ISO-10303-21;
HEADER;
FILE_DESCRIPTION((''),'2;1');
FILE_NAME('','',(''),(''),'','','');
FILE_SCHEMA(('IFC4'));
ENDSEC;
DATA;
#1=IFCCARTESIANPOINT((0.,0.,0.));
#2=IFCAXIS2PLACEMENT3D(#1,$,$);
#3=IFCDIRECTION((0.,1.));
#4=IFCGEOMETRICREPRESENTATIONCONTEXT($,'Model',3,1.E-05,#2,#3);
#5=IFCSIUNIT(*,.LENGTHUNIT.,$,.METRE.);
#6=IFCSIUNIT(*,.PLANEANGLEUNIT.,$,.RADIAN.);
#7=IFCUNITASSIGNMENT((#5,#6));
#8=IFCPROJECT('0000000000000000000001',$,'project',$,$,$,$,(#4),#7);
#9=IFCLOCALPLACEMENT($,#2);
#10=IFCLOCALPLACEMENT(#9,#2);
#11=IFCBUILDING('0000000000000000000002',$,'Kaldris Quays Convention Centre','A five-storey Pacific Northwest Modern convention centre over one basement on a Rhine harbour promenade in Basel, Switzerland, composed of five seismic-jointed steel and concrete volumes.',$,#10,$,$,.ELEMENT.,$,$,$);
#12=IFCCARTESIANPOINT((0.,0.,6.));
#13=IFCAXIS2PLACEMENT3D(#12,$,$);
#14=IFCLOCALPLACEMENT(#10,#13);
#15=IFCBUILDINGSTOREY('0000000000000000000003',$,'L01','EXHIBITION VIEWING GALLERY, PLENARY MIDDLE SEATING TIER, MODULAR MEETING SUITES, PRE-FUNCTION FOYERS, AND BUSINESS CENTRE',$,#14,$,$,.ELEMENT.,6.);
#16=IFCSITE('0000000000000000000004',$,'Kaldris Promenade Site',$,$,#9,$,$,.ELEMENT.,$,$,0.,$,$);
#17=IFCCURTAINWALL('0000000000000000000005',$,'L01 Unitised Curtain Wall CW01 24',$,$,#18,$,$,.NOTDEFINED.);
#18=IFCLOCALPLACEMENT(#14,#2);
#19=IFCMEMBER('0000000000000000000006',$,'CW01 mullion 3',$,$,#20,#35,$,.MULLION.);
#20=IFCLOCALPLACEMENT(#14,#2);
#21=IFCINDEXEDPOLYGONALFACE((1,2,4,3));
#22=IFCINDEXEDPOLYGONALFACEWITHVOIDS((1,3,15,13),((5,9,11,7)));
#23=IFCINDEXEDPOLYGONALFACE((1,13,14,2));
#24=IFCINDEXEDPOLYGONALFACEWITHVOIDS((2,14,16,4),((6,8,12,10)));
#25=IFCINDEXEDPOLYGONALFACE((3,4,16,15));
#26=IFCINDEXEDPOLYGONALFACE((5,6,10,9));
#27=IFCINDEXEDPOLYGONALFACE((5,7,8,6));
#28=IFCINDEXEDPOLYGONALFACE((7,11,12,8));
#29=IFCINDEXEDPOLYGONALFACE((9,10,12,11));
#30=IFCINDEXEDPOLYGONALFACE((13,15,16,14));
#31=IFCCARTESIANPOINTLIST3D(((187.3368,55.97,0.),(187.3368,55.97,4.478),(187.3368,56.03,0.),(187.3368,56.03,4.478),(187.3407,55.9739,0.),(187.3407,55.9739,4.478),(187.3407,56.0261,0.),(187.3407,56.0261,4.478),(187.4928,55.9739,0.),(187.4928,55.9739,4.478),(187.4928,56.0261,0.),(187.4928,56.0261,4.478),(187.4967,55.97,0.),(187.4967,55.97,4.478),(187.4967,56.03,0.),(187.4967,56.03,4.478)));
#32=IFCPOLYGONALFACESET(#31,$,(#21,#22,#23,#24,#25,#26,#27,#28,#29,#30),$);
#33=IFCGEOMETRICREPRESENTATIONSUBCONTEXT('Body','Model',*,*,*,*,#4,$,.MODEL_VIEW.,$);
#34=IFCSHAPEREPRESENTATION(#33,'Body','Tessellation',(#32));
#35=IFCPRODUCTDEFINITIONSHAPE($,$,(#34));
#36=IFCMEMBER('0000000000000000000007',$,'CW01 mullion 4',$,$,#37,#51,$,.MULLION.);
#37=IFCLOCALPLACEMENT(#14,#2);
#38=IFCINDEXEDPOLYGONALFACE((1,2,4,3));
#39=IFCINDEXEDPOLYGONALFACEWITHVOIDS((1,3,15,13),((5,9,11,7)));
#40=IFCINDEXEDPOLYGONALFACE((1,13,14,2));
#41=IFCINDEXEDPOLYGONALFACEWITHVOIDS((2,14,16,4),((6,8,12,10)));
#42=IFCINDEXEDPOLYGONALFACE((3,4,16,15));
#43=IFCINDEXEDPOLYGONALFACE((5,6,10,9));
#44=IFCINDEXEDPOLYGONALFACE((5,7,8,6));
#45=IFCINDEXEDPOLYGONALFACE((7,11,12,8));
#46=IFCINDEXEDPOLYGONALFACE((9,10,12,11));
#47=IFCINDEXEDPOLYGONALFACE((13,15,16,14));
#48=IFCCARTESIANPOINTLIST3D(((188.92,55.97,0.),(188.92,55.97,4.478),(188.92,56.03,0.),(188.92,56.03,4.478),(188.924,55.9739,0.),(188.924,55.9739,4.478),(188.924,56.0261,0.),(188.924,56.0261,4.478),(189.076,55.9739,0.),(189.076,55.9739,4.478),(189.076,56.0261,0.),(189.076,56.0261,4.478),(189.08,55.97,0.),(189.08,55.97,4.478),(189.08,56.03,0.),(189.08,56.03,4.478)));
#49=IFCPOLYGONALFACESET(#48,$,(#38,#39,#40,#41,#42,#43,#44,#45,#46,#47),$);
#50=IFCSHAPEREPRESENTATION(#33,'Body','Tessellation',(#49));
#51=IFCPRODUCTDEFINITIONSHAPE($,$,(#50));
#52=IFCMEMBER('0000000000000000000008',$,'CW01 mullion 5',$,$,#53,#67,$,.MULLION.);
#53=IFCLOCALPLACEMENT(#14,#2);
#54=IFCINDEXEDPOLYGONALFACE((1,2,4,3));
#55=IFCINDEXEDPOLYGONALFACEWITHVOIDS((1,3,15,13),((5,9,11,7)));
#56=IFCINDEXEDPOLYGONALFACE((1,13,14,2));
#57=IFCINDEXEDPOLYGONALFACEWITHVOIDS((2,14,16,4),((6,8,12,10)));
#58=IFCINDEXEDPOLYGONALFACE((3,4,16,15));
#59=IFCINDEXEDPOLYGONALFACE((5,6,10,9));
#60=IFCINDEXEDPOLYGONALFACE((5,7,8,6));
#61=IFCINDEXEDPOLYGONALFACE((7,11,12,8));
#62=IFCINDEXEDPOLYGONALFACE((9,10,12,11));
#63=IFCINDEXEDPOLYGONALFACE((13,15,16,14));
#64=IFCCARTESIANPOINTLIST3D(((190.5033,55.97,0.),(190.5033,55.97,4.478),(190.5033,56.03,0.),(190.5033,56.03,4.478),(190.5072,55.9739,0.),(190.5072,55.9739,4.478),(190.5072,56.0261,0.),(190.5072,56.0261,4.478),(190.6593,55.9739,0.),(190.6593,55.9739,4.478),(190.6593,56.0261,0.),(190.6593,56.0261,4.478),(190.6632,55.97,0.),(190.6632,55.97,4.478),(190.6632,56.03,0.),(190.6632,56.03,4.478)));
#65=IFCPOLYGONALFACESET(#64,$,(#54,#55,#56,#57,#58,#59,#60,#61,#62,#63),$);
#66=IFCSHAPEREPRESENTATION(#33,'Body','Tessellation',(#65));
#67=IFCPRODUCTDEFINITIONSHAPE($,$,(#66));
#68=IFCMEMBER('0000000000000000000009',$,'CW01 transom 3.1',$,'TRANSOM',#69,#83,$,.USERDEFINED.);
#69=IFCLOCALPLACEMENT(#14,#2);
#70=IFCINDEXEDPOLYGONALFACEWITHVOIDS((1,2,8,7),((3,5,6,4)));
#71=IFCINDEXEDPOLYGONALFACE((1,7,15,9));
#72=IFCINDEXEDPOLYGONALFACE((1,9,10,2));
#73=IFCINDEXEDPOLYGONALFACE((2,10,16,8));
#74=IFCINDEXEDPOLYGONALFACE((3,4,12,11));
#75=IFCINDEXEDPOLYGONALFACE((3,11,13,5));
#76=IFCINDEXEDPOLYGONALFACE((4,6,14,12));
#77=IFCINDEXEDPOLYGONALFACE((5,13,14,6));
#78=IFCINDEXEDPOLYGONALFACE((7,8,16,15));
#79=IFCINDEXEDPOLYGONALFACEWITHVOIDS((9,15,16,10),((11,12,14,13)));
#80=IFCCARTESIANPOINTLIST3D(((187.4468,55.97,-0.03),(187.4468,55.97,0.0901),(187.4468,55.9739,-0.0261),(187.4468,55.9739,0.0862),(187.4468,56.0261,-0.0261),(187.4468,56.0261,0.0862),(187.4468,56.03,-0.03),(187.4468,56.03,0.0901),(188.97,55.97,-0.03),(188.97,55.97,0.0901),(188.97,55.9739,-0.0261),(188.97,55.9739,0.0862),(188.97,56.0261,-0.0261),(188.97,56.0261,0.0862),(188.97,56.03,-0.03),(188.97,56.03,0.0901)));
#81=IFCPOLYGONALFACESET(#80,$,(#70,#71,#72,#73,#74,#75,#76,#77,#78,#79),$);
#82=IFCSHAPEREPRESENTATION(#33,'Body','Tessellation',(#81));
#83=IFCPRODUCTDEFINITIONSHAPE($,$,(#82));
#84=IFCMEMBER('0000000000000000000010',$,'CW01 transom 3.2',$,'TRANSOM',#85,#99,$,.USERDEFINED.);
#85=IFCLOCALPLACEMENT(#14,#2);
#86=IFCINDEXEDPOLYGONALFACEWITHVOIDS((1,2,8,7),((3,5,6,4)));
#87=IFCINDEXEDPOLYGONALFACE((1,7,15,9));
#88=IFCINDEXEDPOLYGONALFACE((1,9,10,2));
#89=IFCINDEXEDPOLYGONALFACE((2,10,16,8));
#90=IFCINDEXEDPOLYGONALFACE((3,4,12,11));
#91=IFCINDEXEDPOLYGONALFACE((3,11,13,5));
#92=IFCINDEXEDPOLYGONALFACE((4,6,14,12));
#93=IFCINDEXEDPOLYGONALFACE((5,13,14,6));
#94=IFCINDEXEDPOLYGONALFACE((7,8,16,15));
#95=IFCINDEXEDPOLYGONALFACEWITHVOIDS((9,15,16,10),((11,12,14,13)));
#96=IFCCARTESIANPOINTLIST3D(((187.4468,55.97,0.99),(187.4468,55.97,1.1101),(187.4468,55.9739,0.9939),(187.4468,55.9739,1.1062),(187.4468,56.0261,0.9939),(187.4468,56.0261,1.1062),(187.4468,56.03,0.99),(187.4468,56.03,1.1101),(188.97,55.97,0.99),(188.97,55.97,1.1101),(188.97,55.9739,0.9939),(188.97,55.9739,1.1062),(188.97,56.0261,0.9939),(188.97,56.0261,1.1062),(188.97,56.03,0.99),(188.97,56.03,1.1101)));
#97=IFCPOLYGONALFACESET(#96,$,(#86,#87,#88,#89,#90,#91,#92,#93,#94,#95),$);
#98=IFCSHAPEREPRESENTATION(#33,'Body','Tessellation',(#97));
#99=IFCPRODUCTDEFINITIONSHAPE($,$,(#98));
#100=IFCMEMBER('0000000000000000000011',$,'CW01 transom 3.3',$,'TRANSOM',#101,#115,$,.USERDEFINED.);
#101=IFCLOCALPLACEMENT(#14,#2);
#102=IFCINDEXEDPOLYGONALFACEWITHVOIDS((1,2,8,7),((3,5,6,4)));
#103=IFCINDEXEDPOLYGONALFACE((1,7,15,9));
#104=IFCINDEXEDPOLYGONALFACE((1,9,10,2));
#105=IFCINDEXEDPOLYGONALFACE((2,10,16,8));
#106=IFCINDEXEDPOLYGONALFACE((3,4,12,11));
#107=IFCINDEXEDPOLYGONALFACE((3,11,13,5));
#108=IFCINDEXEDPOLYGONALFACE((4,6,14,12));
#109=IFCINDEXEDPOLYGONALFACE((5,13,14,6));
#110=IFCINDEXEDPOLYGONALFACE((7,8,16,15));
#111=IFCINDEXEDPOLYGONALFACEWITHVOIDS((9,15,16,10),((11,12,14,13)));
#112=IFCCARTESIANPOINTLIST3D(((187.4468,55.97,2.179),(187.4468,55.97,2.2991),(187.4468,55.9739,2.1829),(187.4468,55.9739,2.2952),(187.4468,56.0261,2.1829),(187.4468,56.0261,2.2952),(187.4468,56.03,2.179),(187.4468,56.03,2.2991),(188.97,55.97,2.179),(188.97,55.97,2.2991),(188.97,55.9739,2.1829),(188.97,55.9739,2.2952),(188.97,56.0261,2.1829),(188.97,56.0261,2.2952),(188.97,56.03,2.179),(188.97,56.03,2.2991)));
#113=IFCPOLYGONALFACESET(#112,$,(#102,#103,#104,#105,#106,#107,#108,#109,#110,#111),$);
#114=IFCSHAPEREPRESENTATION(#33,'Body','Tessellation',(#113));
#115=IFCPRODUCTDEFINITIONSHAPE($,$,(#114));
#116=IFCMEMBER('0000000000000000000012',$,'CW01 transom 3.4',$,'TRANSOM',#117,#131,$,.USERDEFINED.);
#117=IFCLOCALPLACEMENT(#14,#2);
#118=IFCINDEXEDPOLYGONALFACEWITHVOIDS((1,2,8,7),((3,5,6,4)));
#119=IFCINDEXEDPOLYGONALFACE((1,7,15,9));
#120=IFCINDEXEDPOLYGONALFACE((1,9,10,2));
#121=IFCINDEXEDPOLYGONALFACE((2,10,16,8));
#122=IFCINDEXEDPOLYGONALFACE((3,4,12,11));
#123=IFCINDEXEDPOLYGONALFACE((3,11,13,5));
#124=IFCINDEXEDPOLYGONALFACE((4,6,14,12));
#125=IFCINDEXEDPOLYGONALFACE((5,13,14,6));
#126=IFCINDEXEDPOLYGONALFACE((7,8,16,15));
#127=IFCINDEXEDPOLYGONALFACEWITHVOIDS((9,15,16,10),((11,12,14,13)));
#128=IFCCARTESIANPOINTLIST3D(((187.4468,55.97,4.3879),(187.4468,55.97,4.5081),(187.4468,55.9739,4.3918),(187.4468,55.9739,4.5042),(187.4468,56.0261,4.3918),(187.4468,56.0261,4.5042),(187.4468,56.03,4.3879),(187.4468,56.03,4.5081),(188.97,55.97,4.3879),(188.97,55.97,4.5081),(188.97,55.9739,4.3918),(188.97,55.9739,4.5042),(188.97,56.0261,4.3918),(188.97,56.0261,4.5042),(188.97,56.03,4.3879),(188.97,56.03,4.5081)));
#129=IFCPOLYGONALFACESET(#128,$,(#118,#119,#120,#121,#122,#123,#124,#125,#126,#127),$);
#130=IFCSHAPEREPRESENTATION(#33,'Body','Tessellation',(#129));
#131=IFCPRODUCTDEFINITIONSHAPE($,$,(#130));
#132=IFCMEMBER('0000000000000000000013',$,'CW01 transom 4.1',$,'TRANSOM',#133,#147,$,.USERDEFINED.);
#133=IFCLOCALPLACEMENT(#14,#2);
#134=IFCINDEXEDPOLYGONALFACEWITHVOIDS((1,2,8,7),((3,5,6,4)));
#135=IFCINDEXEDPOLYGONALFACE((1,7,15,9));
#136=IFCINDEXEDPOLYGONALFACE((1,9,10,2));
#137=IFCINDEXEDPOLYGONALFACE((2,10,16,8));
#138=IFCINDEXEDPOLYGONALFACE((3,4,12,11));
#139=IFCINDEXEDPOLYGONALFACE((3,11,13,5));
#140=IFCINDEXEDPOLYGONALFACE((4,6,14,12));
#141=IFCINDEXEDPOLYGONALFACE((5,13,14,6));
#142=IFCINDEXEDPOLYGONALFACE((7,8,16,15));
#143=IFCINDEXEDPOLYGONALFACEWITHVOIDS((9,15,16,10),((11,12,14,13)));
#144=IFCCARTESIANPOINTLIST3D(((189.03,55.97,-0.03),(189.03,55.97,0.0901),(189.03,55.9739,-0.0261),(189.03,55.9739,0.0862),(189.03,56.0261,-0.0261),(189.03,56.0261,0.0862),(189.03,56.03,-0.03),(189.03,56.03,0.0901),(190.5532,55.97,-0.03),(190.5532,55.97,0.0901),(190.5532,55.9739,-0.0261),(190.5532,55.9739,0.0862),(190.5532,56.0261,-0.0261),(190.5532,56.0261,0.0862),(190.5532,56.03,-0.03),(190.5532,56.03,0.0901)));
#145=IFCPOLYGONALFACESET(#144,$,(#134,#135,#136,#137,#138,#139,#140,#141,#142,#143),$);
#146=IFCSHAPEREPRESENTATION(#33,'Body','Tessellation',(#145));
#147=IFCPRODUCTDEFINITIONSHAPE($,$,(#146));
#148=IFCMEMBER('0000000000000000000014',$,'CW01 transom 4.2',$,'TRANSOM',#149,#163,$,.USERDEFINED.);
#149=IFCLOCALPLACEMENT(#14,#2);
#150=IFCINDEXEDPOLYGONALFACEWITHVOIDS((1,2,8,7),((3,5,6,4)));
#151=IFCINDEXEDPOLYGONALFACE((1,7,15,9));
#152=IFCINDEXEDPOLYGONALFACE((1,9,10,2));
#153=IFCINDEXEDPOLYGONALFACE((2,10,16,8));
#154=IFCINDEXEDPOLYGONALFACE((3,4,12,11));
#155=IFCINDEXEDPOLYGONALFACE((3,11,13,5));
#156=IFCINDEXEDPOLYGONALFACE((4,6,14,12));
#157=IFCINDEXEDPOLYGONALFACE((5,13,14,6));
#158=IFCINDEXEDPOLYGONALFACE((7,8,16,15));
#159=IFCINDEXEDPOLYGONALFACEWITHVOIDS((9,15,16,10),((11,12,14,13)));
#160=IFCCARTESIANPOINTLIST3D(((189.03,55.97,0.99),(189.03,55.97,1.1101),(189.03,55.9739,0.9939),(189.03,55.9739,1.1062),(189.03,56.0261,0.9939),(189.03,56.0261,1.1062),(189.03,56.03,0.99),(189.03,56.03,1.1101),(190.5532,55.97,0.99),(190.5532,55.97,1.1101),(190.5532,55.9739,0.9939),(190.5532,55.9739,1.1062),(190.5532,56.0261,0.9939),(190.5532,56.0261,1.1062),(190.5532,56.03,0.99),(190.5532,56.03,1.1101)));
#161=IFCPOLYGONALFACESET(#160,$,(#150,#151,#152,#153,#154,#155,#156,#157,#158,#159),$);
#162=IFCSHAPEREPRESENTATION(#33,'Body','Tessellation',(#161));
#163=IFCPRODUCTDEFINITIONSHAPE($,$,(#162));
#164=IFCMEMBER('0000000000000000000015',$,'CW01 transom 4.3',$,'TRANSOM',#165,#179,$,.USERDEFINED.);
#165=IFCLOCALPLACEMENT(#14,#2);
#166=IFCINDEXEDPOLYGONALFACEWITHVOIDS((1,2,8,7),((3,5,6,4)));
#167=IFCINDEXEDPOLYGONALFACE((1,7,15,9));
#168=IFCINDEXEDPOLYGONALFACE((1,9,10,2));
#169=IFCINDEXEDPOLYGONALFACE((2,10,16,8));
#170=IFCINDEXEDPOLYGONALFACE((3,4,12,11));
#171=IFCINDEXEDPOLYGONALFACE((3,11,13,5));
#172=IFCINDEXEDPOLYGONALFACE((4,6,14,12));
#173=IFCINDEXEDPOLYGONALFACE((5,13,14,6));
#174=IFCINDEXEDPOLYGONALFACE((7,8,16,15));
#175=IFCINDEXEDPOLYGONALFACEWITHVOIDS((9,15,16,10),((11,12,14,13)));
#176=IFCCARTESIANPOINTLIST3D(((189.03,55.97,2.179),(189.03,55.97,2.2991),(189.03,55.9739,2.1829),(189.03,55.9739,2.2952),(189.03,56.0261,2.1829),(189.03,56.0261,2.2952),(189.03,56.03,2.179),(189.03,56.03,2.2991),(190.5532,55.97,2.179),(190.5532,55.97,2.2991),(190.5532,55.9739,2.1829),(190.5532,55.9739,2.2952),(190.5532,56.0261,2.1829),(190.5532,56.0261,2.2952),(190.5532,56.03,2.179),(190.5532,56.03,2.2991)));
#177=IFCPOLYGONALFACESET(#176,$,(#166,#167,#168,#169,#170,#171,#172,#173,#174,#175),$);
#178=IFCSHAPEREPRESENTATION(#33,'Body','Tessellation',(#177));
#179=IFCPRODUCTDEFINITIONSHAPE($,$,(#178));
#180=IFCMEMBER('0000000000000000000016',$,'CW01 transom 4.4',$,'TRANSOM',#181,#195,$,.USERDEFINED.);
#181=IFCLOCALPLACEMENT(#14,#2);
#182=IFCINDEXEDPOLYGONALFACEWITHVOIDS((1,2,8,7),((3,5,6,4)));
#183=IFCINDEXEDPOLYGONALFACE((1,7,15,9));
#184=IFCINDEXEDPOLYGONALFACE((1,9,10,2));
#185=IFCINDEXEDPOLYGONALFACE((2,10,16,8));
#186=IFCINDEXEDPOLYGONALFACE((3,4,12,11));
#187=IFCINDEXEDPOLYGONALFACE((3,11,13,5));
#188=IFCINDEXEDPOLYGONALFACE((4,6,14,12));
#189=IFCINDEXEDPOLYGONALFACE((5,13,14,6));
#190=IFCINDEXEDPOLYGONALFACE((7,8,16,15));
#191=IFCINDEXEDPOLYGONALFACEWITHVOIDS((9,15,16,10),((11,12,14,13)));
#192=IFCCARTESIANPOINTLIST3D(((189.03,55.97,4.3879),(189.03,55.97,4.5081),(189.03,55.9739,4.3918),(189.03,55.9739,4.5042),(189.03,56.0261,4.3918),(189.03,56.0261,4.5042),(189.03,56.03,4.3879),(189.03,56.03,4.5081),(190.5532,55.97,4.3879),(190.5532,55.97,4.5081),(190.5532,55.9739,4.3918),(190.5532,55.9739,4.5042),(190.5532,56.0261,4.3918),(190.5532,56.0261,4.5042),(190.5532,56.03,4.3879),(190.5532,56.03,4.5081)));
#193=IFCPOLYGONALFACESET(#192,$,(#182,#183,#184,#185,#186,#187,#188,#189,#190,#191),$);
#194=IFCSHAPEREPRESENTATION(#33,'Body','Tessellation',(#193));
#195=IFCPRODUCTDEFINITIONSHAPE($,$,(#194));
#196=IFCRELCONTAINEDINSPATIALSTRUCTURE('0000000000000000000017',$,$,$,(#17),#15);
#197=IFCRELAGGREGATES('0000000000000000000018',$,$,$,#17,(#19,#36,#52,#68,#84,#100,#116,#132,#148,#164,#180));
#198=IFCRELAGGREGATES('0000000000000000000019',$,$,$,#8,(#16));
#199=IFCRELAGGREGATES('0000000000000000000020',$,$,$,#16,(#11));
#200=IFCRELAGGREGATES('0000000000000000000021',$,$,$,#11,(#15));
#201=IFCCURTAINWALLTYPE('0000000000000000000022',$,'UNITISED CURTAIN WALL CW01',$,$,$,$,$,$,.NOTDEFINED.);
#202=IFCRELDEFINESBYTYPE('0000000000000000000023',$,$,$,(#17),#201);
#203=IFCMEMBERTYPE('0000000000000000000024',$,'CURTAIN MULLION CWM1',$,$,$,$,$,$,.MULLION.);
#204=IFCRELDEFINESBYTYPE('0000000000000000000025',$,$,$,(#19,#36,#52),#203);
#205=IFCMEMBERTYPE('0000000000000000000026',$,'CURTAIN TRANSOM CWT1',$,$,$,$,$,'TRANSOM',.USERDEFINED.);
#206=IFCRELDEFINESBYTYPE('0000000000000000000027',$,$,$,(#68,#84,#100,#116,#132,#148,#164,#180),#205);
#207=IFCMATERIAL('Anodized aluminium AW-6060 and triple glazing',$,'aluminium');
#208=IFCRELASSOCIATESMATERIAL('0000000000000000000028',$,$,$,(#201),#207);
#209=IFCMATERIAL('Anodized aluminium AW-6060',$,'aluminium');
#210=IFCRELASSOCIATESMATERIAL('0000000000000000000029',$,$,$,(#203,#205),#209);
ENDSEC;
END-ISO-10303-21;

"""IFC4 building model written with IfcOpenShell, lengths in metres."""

from ifc_helpers import new_model, si_unit, direction, frame, origin, origin_2d, place, context, subcontext, project, spatial, hollow_rectangle, extrude, material, material_profile, profile_set, type_object, element, aggregate, save


model = new_model("IFC4")

# Units and contexts
model_context = context("Model", 3, precision=1e-05, world=origin(), true_north=direction((0.0, 1.0)))
body_context = subcontext(model_context, "Body", "Model", "MODEL_VIEW")
ifc_project = project(units=[si_unit("LENGTHUNIT", "METRE"), si_unit("PLANEANGLEUNIT", "RADIAN")], contexts=[model_context])

# Site, building, storey
site_placement = place(None, origin())
site = spatial("IfcSite", under=ifc_project, at=site_placement, Name="Kaldris Promenade Site", CompositionType="ELEMENT", RefElevation=0.0)
building_placement = place(site_placement, origin())
building = spatial("IfcBuilding", under=site, at=building_placement, Name="Kaldris Quays Convention Centre", Description="A five-storey Pacific Northwest Modern convention centre over one basement on a Rhine harbour promenade in Basel, Switzerland, composed of five seismic-jointed steel and concrete volumes.", CompositionType="ELEMENT")
storey_placement = place(building_placement, frame((0.0, 0.0, 6.0)))
storey = spatial("IfcBuildingStorey", under=building, at=storey_placement, Name="L01", Description="EXHIBITION VIEWING GALLERY, PLENARY MIDDLE SEATING TIER, MODULAR MEETING SUITES, PRE-FUNCTION FOYERS, AND BUSINESS CENTRE", CompositionType="ELEMENT", Elevation=6.0)

# Curtain wall, members
ifc_material_1 = material(Name="Anodized aluminium AW-6060 and triple glazing", Category="aluminium")
curtain_wall_type = type_object("IfcCurtainWallType", Name="UNITISED CURTAIN WALL CW01", PredefinedType="NOTDEFINED", material=ifc_material_1)
curtain_wall_placement = place(storey_placement, origin())
curtain_wall = element("IfcCurtainWall", 1, at=curtain_wall_placement, inside=storey, type_object=curtain_wall_type, Name="L01 Unitised Curtain Wall CW01 24", PredefinedType="NOTDEFINED")
ifc_material_2 = material(Name="Anodized aluminium AW-6060", Category="aluminium")
ifc_material_profile_1 = material_profile(ifc_material_2, hollow_rectangle(XDim=0.0601, YDim=0.1599, WallThickness=0.0039, at=origin_2d()), Name="RHS 160x60x4")
ifc_profile_set_1 = profile_set([ifc_material_profile_1], Name="Anodized aluminium AW-6060")
member_type_1 = type_object("IfcMemberType", Name="CURTAIN MULLION CWM1", PredefinedType="MULLION", material=ifc_profile_set_1)
member_1_placement = place(storey_placement, frame((187.4167, 56.0, 0.0), z_axis=(0.0, 0.0, 1.0), x_axis=(0.0, 1.0, 0.0)))
member_1 = element("IfcMember", 2, at=member_1_placement, type_object=member_type_1, Name="CW01 mullion 3", PredefinedType="MULLION", context=body_context, shape_type="SweptSolid", body=[
    extrude(hollow_rectangle(XDim=0.0601, YDim=0.1599, WallThickness=0.0039, at=origin_2d()), origin(), (0.0, 0.0, 1.0), 4.478),
])
member_2_placement = place(storey_placement, frame((189.0, 56.0, 0.0), z_axis=(0.0, 0.0, 1.0), x_axis=(0.0, 1.0, 0.0)))
member_2 = element("IfcMember", 3, at=member_2_placement, type_object=member_type_1, Name="CW01 mullion 4", PredefinedType="MULLION", context=body_context, shape_type="SweptSolid", body=[
    extrude(hollow_rectangle(XDim=0.0601, YDim=0.1599, WallThickness=0.0039, at=origin_2d()), origin(), (0.0, 0.0, 1.0), 4.478),
])
member_3_placement = place(storey_placement, frame((190.5833, 56.0, 0.0), z_axis=(0.0, 0.0, 1.0), x_axis=(0.0, 1.0, 0.0)))
member_3 = element("IfcMember", 4, at=member_3_placement, type_object=member_type_1, Name="CW01 mullion 5", PredefinedType="MULLION", context=body_context, shape_type="SweptSolid", body=[
    extrude(hollow_rectangle(XDim=0.0601, YDim=0.1599, WallThickness=0.0039, at=origin_2d()), origin(), (0.0, 0.0, 1.0), 4.478),
])
ifc_material_profile_2 = material_profile(ifc_material_2, hollow_rectangle(XDim=0.0601, YDim=0.1201, WallThickness=0.0039, at=origin_2d()), Name="RHS 120x60x4")
ifc_profile_set_2 = profile_set([ifc_material_profile_2], Name="Anodized aluminium AW-6060")
member_type_2 = type_object("IfcMemberType", Name="CURTAIN TRANSOM CWT1", ElementType="TRANSOM", PredefinedType="USERDEFINED", material=ifc_profile_set_2)
member_4_placement = place(storey_placement, frame((187.4468, 56.0, 0.03), z_axis=(1.0, 0.0, 0.0), x_axis=(0.0, 1.0, 0.0)))
member_4 = element("IfcMember", 5, at=member_4_placement, type_object=member_type_2, Name="CW01 transom 3.1", ObjectType="TRANSOM", PredefinedType="USERDEFINED", context=body_context, shape_type="SweptSolid", body=[
    extrude(hollow_rectangle(XDim=0.0601, YDim=0.1201, WallThickness=0.0039, at=origin_2d()), origin(), (0.0, 0.0, 1.0), 1.5232),
])
member_5_placement = place(storey_placement, frame((187.4468, 56.0, 1.05), z_axis=(1.0, 0.0, 0.0), x_axis=(0.0, 1.0, 0.0)))
member_5 = element("IfcMember", 6, at=member_5_placement, type_object=member_type_2, Name="CW01 transom 3.2", ObjectType="TRANSOM", PredefinedType="USERDEFINED", context=body_context, shape_type="SweptSolid", body=[
    extrude(hollow_rectangle(XDim=0.0601, YDim=0.1201, WallThickness=0.0039, at=origin_2d()), origin(), (0.0, 0.0, 1.0), 1.5232),
])
member_6_placement = place(storey_placement, frame((187.4468, 56.0, 2.239), z_axis=(1.0, 0.0, 0.0), x_axis=(0.0, 1.0, 0.0)))
member_6 = element("IfcMember", 7, at=member_6_placement, type_object=member_type_2, Name="CW01 transom 3.3", ObjectType="TRANSOM", PredefinedType="USERDEFINED", context=body_context, shape_type="SweptSolid", body=[
    extrude(hollow_rectangle(XDim=0.0601, YDim=0.1201, WallThickness=0.0039, at=origin_2d()), origin(), (0.0, 0.0, 1.0), 1.5232),
])
member_7_placement = place(storey_placement, frame((187.4468, 56.0, 4.448), z_axis=(1.0, 0.0, 0.0), x_axis=(0.0, 1.0, 0.0)))
member_7 = element("IfcMember", 8, at=member_7_placement, type_object=member_type_2, Name="CW01 transom 3.4", ObjectType="TRANSOM", PredefinedType="USERDEFINED", context=body_context, shape_type="SweptSolid", body=[
    extrude(hollow_rectangle(XDim=0.0601, YDim=0.1201, WallThickness=0.0039, at=origin_2d()), origin(), (0.0, 0.0, 1.0), 1.5232),
])
member_8_placement = place(storey_placement, frame((189.03, 56.0, 0.03), z_axis=(1.0, 0.0, 0.0), x_axis=(0.0, 1.0, 0.0)))
member_8 = element("IfcMember", 9, at=member_8_placement, type_object=member_type_2, Name="CW01 transom 4.1", ObjectType="TRANSOM", PredefinedType="USERDEFINED", context=body_context, shape_type="SweptSolid", body=[
    extrude(hollow_rectangle(XDim=0.0601, YDim=0.1201, WallThickness=0.0039, at=origin_2d()), origin(), (0.0, 0.0, 1.0), 1.5232),
])
member_9_placement = place(storey_placement, frame((189.03, 56.0, 1.05), z_axis=(1.0, 0.0, 0.0), x_axis=(0.0, 1.0, 0.0)))
member_9 = element("IfcMember", 10, at=member_9_placement, type_object=member_type_2, Name="CW01 transom 4.2", ObjectType="TRANSOM", PredefinedType="USERDEFINED", context=body_context, shape_type="SweptSolid", body=[
    extrude(hollow_rectangle(XDim=0.0601, YDim=0.1201, WallThickness=0.0039, at=origin_2d()), origin(), (0.0, 0.0, 1.0), 1.5232),
])
member_10_placement = place(storey_placement, frame((189.03, 56.0, 2.239), z_axis=(1.0, 0.0, 0.0), x_axis=(0.0, 1.0, 0.0)))
member_10 = element("IfcMember", 11, at=member_10_placement, type_object=member_type_2, Name="CW01 transom 4.3", ObjectType="TRANSOM", PredefinedType="USERDEFINED", context=body_context, shape_type="SweptSolid", body=[
    extrude(hollow_rectangle(XDim=0.0601, YDim=0.1201, WallThickness=0.0039, at=origin_2d()), origin(), (0.0, 0.0, 1.0), 1.5232),
])
member_11_placement = place(storey_placement, frame((189.03, 56.0, 4.448), z_axis=(1.0, 0.0, 0.0), x_axis=(0.0, 1.0, 0.0)))
member_11 = element("IfcMember", 12, at=member_11_placement, type_object=member_type_2, Name="CW01 transom 4.4", ObjectType="TRANSOM", PredefinedType="USERDEFINED", context=body_context, shape_type="SweptSolid", body=[
    extrude(hollow_rectangle(XDim=0.0601, YDim=0.1201, WallThickness=0.0039, at=origin_2d()), origin(), (0.0, 0.0, 1.0), 1.5232),
])
aggregate(curtain_wall, [member_1, member_2, member_3, member_4, member_5, member_6, member_7, member_8, member_9, member_10, member_11])

save(model, "model.ifc")
